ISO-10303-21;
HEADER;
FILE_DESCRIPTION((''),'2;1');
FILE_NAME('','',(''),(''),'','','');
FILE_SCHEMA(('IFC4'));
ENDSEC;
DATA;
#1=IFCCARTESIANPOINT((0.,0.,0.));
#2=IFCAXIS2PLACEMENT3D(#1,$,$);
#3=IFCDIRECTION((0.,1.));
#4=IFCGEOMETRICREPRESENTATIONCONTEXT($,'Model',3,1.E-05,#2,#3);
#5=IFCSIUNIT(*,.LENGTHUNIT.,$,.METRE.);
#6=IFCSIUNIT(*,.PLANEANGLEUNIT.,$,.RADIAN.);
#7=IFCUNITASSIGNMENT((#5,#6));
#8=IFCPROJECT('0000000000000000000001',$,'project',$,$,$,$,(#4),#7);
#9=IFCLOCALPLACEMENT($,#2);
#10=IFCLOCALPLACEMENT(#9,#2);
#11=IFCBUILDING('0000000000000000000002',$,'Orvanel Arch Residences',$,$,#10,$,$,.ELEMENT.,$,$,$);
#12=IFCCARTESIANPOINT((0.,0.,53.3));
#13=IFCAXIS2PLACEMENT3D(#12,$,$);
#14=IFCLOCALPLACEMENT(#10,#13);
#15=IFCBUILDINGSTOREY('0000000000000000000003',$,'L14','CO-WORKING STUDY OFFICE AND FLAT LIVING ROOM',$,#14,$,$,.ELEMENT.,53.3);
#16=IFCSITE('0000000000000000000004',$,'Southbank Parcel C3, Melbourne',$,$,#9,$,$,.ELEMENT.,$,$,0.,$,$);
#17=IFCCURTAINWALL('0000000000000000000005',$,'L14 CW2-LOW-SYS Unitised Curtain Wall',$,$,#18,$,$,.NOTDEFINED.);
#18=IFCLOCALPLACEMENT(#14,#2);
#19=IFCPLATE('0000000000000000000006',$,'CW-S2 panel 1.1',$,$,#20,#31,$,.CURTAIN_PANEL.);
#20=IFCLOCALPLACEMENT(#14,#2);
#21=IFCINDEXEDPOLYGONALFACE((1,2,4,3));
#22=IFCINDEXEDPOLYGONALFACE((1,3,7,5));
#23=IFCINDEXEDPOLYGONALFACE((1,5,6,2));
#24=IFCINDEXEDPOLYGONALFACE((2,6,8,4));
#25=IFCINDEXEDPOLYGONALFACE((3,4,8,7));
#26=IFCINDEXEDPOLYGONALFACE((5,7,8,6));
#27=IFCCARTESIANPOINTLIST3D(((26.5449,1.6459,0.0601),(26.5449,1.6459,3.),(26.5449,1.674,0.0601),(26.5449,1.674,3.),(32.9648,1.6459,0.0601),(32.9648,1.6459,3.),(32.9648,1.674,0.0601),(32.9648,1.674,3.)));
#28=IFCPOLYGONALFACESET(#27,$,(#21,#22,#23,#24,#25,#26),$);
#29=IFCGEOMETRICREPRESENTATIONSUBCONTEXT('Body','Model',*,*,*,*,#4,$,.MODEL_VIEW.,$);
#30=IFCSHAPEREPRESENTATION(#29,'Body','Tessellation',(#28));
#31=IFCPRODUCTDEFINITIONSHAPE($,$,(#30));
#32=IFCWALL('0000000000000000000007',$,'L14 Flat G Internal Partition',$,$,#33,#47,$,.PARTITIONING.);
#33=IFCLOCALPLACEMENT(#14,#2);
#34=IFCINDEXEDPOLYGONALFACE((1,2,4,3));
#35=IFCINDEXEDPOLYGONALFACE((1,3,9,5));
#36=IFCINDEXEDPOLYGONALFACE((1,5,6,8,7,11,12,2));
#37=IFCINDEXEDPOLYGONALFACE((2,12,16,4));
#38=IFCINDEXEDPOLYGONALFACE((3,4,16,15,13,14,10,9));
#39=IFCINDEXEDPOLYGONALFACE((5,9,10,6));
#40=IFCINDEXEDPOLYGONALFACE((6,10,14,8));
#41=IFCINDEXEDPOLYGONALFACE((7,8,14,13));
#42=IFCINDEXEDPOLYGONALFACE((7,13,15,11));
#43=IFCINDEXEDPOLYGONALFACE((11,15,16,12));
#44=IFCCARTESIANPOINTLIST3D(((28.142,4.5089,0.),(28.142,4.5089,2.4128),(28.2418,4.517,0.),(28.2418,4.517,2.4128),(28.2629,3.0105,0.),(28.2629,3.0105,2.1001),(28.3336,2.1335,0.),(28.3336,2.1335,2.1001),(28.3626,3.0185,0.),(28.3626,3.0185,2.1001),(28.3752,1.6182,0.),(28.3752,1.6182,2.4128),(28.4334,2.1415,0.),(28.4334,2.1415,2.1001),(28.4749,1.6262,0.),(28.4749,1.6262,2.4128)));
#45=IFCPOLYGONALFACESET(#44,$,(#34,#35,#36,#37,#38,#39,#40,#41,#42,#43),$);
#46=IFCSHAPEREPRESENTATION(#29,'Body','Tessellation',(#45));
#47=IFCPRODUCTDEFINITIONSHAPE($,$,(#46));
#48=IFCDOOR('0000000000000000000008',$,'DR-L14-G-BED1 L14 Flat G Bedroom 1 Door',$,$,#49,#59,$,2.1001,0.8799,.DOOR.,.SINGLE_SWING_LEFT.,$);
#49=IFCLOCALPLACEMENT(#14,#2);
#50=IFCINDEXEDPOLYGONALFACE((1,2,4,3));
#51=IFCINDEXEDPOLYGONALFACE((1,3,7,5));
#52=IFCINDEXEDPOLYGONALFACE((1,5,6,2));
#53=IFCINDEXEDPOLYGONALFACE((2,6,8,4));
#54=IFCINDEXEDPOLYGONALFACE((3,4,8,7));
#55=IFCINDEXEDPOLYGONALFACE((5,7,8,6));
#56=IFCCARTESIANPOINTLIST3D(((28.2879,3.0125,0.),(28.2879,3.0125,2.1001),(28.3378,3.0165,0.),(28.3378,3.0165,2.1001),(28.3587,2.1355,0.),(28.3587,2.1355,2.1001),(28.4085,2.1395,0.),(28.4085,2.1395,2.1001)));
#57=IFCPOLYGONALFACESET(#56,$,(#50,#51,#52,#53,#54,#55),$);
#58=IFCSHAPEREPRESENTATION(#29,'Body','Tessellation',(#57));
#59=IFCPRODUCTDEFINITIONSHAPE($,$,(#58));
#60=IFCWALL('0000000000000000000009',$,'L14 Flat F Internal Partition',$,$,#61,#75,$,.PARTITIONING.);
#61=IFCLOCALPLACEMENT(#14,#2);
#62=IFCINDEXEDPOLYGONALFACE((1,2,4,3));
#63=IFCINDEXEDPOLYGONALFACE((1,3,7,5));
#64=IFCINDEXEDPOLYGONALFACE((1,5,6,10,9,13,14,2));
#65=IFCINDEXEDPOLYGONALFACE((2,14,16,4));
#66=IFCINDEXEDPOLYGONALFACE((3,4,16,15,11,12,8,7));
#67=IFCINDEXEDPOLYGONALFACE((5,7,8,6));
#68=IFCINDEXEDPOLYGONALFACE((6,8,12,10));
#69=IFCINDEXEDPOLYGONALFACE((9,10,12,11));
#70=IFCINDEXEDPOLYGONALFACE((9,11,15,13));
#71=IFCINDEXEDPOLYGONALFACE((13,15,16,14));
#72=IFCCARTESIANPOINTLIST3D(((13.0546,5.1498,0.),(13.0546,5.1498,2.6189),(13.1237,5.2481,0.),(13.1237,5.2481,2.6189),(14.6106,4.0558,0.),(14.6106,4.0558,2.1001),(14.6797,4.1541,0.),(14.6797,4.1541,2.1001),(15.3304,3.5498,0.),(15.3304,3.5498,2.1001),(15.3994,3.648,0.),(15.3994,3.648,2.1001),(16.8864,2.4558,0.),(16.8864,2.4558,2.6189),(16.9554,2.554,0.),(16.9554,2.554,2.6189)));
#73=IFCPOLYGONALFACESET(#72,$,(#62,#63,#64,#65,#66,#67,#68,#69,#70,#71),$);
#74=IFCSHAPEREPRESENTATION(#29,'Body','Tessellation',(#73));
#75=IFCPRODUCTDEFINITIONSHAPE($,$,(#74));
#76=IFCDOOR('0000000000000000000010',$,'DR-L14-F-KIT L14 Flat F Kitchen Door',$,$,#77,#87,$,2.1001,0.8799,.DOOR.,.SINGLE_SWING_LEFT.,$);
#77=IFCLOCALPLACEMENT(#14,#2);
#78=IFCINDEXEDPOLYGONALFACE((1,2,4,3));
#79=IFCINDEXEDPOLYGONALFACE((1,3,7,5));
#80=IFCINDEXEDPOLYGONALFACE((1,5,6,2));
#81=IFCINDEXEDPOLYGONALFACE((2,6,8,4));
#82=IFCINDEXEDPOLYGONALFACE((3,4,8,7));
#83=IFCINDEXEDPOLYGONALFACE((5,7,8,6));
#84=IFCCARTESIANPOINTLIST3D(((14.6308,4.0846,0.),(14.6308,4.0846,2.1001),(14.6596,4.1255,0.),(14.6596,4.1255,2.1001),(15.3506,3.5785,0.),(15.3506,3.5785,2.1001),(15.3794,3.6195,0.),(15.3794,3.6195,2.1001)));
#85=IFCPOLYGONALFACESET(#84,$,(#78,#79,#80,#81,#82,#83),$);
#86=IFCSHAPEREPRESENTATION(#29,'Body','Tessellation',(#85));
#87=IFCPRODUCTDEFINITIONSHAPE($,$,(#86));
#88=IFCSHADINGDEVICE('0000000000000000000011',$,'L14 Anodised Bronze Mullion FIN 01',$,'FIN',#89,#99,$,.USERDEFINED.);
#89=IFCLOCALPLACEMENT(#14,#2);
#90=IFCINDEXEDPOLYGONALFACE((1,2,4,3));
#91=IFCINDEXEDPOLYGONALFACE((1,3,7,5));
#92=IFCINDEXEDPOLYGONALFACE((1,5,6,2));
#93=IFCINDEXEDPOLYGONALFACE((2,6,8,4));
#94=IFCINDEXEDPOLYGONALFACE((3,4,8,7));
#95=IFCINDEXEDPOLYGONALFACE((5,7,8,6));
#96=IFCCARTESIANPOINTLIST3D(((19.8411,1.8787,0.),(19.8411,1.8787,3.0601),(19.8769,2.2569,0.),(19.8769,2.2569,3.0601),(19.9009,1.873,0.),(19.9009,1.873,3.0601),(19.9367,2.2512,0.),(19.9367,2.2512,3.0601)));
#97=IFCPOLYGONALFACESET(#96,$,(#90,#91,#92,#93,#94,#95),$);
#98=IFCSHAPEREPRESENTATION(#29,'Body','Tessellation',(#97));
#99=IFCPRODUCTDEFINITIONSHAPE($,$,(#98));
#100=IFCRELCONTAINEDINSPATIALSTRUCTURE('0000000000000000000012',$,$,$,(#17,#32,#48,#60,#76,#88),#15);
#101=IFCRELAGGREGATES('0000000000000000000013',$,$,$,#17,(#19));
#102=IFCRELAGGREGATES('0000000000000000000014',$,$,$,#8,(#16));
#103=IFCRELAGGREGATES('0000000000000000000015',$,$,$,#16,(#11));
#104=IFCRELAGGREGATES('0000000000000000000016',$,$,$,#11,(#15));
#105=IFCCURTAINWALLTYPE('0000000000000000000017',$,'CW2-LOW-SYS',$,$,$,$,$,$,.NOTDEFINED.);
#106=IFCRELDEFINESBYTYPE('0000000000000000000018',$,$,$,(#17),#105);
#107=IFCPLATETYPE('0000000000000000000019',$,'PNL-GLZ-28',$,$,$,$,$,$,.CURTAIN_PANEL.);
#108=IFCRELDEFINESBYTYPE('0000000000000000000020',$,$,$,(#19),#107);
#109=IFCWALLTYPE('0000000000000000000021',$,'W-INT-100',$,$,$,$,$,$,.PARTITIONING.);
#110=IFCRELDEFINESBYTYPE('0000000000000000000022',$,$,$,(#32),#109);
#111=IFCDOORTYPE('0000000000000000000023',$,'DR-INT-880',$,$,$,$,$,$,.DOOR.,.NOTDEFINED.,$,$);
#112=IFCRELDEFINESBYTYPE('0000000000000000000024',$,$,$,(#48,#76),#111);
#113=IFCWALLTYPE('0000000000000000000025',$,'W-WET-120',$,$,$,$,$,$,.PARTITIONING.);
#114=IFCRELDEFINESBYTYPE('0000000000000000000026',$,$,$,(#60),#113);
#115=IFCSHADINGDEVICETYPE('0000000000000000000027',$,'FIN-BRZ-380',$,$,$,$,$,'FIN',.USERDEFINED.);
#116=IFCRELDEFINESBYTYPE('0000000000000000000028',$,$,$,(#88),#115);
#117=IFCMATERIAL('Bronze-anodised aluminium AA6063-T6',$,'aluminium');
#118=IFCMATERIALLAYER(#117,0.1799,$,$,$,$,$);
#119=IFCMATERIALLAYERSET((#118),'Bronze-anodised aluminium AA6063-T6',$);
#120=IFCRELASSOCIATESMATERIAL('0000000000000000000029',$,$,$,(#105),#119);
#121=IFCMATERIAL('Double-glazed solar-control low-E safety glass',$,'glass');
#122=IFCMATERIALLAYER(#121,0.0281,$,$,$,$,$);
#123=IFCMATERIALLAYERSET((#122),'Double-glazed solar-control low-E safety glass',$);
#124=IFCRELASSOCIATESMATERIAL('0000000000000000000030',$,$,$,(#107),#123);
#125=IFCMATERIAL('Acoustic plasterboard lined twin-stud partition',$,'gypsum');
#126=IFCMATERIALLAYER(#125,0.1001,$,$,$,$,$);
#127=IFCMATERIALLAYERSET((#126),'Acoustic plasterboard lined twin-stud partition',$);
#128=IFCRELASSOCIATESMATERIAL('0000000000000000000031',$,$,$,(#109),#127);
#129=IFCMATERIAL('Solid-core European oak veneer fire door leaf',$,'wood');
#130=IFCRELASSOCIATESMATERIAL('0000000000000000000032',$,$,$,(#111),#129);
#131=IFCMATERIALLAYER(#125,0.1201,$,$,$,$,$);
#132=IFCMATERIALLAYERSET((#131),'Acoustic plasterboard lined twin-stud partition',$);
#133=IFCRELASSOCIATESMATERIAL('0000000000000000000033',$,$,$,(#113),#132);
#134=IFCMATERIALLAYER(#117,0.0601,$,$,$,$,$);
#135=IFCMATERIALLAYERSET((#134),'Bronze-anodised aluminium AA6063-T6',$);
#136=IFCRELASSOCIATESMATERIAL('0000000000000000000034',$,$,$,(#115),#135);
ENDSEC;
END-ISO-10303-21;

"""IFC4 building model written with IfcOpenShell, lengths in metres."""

from ifc_helpers import new_model, si_unit, direction, frame, frame_2d, origin, origin_2d, place, context, subcontext, project, spatial, rectangle, extrude, material, layer, layer_set, type_object, element, fill, aggregate, save


model = new_model("IFC4")

# Units and contexts
model_context = context("Model", 3, precision=1e-05, world=origin(), true_north=direction((0.0, 1.0)))
body_context = subcontext(model_context, "Body", "Model", "MODEL_VIEW")
ifc_project = project(units=[si_unit("LENGTHUNIT", "METRE"), si_unit("PLANEANGLEUNIT", "RADIAN")], contexts=[model_context])

# Site, building, storey
site_placement = place(None, origin())
site = spatial("IfcSite", under=ifc_project, at=site_placement, Name="Southbank Parcel C3, Melbourne", CompositionType="ELEMENT", RefElevation=0.0)
building_placement = place(site_placement, origin())
building = spatial("IfcBuilding", under=site, at=building_placement, Name="Orvanel Arch Residences", CompositionType="ELEMENT")
storey_placement = place(building_placement, frame((0.0, 0.0, 53.3)))
storey = spatial("IfcBuildingStorey", under=building, at=storey_placement, Name="L14", Description="CO-WORKING STUDY OFFICE AND FLAT LIVING ROOM", CompositionType="ELEMENT", Elevation=53.3)

# Shared definitions
ifc_material_1 = material(Name="Bronze-anodised aluminium AA6063-T6", Category="aluminium")
ifc_layer_1 = layer(ifc_material_1, 0.1799)
ifc_layer_set_1 = layer_set([ifc_layer_1], Name="Bronze-anodised aluminium AA6063-T6")
curtain_wall_type = type_object("IfcCurtainWallType", Name="CW2-LOW-SYS", PredefinedType="NOTDEFINED", material=ifc_layer_set_1)

# Curtain wall
curtain_wall_1_placement = place(storey_placement, origin())
curtain_wall_1 = element("IfcCurtainWall", 1, at=curtain_wall_1_placement, inside=storey, type_object=curtain_wall_type, Name="L14 CW2-LOW-SYS Unitised Curtain Wall", PredefinedType="NOTDEFINED")

# Plate
ifc_material_2 = material(Name="Double-glazed solar-control low-E safety glass", Category="glass")
ifc_layer_2 = layer(ifc_material_2, 0.0281)
ifc_layer_set_2 = layer_set([ifc_layer_2], Name="Double-glazed solar-control low-E safety glass")
plate_type = type_object("IfcPlateType", Name="PNL-GLZ-28", PredefinedType="CURTAIN_PANEL", material=ifc_layer_set_2)
plate_1_placement = place(storey_placement, frame((29.7549, 1.6599, 0.0601), z_axis=(0.0, 0.0, 1.0), x_axis=(1.0, 0.0, 0.0)))
plate_1 = element("IfcPlate", 2, at=plate_1_placement, type_object=plate_type, Name="CW-S2 panel 1.1", PredefinedType="CURTAIN_PANEL", context=body_context, shape_type="SweptSolid", body=[
    extrude(rectangle(XDim=6.4199, YDim=0.0281, at=origin_2d()), origin(), (0.0, 0.0, 1.0), 2.9399),
])
aggregate(curtain_wall_1, [plate_1])

# Walls, openings, doors
ifc_material_3 = material(Name="Acoustic plasterboard lined twin-stud partition", Category="gypsum")
ifc_layer_3 = layer(ifc_material_3, 0.1001)
ifc_layer_set_3 = layer_set([ifc_layer_3], Name="Acoustic plasterboard lined twin-stud partition")
wall_type_1 = type_object("IfcWallType", Name="W-INT-100", PredefinedType="PARTITIONING", material=ifc_layer_set_3)
wall_1_placement = place(storey_placement, frame((28.425, 1.6221, 0.0), z_axis=(0.0, 0.0, 1.0), x_axis=(-0.080391, 0.996763, 0.0)))
wall_1 = element("IfcWall", 3, at=wall_1_placement, inside=storey, type_object=wall_type_1, Name="L14 Flat G Internal Partition", PredefinedType="PARTITIONING", context=body_context, shape_type="SweptSolid", body=[
    extrude(rectangle(XDim=2.9001, YDim=0.1001, at=frame_2d((1.4502, 0.0))), origin(), (0.0, 0.0, 1.0), 2.4128),
])
opening_1_placement = place(wall_1_placement, frame((0.5171, 0.0, 0.0)))
opening_1 = element("IfcOpeningElement", 4, at=opening_1_placement, cuts=wall_1, PredefinedType="OPENING", context=body_context, shape_type="SweptSolid", body=[
    extrude(rectangle(XDim=0.8799, YDim=2.1001, at=frame_2d((0.4399, 1.05))), frame((0.0, 0.0601, 0.0), z_axis=(0.0, -1.0, 0.0), x_axis=(1.0, 0.0, 0.0)), (0.0, 0.0, 1.0), 0.1201),
])
ifc_material_4 = material(Name="Solid-core European oak veneer fire door leaf", Category="wood")
door_type = type_object("IfcDoorType", Name="DR-INT-880", OperationType="NOTDEFINED", PredefinedType="DOOR", material=ifc_material_4)
door_1_placement = place(opening_1_placement, origin())
door_1 = element("IfcDoor", 5, at=door_1_placement, inside=storey, type_object=door_type, Name="DR-L14-G-BED1 L14 Flat G Bedroom 1 Door", OperationType="SINGLE_SWING_LEFT", OverallHeight=2.1001, OverallWidth=0.8799, PredefinedType="DOOR", context=body_context, shape_type="SweptSolid", body=[
    extrude(rectangle(XDim=0.8799, YDim=2.1001, at=frame_2d((0.4399, 1.05))), frame((0.0, 0.0249, 0.0), z_axis=(0.0, -1.0, 0.0), x_axis=(1.0, 0.0, 0.0)), (0.0, 0.0, 1.0), 0.05),
])
fill(opening_1, door_1)
ifc_layer_4 = layer(ifc_material_3, 0.1201)
ifc_layer_set_4 = layer_set([ifc_layer_4], Name="Acoustic plasterboard lined twin-stud partition")
wall_type_2 = type_object("IfcWallType", Name="W-WET-120", PredefinedType="PARTITIONING", material=ifc_layer_set_4)
wall_2_placement = place(storey_placement, frame((16.9209, 2.5049, 0.0), z_axis=(0.0, 0.0, 1.0), x_axis=(-0.818043, 0.575158, 0.0)))
wall_2 = element("IfcWall", 6, at=wall_2_placement, inside=storey, type_object=wall_type_2, Name="L14 Flat F Internal Partition", PredefinedType="PARTITIONING", context=body_context, shape_type="SweptSolid", body=[
    extrude(rectangle(XDim=4.6841, YDim=0.1201, at=frame_2d((2.342, 0.0))), origin(), (0.0, 0.0, 1.0), 2.6189),
])
opening_2_placement = place(wall_2_placement, frame((1.9021, 0.0, 0.0)))
opening_2 = element("IfcOpeningElement", 7, at=opening_2_placement, cuts=wall_2, PredefinedType="OPENING", context=body_context, shape_type="SweptSolid", body=[
    extrude(rectangle(XDim=0.8799, YDim=2.1001, at=frame_2d((0.4399, 1.05))), frame((0.0, 0.0701, 0.0), z_axis=(0.0, -1.0, 0.0), x_axis=(1.0, 0.0, 0.0)), (0.0, 0.0, 1.0), 0.1401),
])
door_2_placement = place(opening_2_placement, origin())
door_2 = element("IfcDoor", 8, at=door_2_placement, inside=storey, type_object=door_type, Name="DR-L14-F-KIT L14 Flat F Kitchen Door", OperationType="SINGLE_SWING_LEFT", OverallHeight=2.1001, OverallWidth=0.8799, PredefinedType="DOOR", context=body_context, shape_type="SweptSolid", body=[
    extrude(rectangle(XDim=0.8799, YDim=2.1001, at=frame_2d((0.4399, 1.05))), frame((0.0, 0.0249, 0.0), z_axis=(0.0, -1.0, 0.0), x_axis=(1.0, 0.0, 0.0)), (0.0, 0.0, 1.0), 0.05),
])
fill(opening_2, door_2)

# Shading device
ifc_layer_5 = layer(ifc_material_1, 0.0601)
ifc_layer_set_5 = layer_set([ifc_layer_5], Name="Bronze-anodised aluminium AA6063-T6")
shading_device_type = type_object("IfcShadingDeviceType", Name="FIN-BRZ-380", ElementType="FIN", PredefinedType="USERDEFINED", material=ifc_layer_set_5)
shading_device_placement = place(storey_placement, frame((19.8889, 2.0649, 0.0), z_axis=(0.0, 0.0, 1.0), x_axis=(-0.094108, -0.995562, 0.0)))
element("IfcShadingDevice", 9, at=shading_device_placement, inside=storey, type_object=shading_device_type, Name="L14 Anodised Bronze Mullion FIN 01", ObjectType="FIN", PredefinedType="USERDEFINED", context=body_context, shape_type="SweptSolid", body=[
    extrude(rectangle(XDim=0.3799, YDim=0.0601, at=origin_2d()), origin(), (0.0, 0.0, 1.0), 3.0601),
])

save(model, "model.ifc")
